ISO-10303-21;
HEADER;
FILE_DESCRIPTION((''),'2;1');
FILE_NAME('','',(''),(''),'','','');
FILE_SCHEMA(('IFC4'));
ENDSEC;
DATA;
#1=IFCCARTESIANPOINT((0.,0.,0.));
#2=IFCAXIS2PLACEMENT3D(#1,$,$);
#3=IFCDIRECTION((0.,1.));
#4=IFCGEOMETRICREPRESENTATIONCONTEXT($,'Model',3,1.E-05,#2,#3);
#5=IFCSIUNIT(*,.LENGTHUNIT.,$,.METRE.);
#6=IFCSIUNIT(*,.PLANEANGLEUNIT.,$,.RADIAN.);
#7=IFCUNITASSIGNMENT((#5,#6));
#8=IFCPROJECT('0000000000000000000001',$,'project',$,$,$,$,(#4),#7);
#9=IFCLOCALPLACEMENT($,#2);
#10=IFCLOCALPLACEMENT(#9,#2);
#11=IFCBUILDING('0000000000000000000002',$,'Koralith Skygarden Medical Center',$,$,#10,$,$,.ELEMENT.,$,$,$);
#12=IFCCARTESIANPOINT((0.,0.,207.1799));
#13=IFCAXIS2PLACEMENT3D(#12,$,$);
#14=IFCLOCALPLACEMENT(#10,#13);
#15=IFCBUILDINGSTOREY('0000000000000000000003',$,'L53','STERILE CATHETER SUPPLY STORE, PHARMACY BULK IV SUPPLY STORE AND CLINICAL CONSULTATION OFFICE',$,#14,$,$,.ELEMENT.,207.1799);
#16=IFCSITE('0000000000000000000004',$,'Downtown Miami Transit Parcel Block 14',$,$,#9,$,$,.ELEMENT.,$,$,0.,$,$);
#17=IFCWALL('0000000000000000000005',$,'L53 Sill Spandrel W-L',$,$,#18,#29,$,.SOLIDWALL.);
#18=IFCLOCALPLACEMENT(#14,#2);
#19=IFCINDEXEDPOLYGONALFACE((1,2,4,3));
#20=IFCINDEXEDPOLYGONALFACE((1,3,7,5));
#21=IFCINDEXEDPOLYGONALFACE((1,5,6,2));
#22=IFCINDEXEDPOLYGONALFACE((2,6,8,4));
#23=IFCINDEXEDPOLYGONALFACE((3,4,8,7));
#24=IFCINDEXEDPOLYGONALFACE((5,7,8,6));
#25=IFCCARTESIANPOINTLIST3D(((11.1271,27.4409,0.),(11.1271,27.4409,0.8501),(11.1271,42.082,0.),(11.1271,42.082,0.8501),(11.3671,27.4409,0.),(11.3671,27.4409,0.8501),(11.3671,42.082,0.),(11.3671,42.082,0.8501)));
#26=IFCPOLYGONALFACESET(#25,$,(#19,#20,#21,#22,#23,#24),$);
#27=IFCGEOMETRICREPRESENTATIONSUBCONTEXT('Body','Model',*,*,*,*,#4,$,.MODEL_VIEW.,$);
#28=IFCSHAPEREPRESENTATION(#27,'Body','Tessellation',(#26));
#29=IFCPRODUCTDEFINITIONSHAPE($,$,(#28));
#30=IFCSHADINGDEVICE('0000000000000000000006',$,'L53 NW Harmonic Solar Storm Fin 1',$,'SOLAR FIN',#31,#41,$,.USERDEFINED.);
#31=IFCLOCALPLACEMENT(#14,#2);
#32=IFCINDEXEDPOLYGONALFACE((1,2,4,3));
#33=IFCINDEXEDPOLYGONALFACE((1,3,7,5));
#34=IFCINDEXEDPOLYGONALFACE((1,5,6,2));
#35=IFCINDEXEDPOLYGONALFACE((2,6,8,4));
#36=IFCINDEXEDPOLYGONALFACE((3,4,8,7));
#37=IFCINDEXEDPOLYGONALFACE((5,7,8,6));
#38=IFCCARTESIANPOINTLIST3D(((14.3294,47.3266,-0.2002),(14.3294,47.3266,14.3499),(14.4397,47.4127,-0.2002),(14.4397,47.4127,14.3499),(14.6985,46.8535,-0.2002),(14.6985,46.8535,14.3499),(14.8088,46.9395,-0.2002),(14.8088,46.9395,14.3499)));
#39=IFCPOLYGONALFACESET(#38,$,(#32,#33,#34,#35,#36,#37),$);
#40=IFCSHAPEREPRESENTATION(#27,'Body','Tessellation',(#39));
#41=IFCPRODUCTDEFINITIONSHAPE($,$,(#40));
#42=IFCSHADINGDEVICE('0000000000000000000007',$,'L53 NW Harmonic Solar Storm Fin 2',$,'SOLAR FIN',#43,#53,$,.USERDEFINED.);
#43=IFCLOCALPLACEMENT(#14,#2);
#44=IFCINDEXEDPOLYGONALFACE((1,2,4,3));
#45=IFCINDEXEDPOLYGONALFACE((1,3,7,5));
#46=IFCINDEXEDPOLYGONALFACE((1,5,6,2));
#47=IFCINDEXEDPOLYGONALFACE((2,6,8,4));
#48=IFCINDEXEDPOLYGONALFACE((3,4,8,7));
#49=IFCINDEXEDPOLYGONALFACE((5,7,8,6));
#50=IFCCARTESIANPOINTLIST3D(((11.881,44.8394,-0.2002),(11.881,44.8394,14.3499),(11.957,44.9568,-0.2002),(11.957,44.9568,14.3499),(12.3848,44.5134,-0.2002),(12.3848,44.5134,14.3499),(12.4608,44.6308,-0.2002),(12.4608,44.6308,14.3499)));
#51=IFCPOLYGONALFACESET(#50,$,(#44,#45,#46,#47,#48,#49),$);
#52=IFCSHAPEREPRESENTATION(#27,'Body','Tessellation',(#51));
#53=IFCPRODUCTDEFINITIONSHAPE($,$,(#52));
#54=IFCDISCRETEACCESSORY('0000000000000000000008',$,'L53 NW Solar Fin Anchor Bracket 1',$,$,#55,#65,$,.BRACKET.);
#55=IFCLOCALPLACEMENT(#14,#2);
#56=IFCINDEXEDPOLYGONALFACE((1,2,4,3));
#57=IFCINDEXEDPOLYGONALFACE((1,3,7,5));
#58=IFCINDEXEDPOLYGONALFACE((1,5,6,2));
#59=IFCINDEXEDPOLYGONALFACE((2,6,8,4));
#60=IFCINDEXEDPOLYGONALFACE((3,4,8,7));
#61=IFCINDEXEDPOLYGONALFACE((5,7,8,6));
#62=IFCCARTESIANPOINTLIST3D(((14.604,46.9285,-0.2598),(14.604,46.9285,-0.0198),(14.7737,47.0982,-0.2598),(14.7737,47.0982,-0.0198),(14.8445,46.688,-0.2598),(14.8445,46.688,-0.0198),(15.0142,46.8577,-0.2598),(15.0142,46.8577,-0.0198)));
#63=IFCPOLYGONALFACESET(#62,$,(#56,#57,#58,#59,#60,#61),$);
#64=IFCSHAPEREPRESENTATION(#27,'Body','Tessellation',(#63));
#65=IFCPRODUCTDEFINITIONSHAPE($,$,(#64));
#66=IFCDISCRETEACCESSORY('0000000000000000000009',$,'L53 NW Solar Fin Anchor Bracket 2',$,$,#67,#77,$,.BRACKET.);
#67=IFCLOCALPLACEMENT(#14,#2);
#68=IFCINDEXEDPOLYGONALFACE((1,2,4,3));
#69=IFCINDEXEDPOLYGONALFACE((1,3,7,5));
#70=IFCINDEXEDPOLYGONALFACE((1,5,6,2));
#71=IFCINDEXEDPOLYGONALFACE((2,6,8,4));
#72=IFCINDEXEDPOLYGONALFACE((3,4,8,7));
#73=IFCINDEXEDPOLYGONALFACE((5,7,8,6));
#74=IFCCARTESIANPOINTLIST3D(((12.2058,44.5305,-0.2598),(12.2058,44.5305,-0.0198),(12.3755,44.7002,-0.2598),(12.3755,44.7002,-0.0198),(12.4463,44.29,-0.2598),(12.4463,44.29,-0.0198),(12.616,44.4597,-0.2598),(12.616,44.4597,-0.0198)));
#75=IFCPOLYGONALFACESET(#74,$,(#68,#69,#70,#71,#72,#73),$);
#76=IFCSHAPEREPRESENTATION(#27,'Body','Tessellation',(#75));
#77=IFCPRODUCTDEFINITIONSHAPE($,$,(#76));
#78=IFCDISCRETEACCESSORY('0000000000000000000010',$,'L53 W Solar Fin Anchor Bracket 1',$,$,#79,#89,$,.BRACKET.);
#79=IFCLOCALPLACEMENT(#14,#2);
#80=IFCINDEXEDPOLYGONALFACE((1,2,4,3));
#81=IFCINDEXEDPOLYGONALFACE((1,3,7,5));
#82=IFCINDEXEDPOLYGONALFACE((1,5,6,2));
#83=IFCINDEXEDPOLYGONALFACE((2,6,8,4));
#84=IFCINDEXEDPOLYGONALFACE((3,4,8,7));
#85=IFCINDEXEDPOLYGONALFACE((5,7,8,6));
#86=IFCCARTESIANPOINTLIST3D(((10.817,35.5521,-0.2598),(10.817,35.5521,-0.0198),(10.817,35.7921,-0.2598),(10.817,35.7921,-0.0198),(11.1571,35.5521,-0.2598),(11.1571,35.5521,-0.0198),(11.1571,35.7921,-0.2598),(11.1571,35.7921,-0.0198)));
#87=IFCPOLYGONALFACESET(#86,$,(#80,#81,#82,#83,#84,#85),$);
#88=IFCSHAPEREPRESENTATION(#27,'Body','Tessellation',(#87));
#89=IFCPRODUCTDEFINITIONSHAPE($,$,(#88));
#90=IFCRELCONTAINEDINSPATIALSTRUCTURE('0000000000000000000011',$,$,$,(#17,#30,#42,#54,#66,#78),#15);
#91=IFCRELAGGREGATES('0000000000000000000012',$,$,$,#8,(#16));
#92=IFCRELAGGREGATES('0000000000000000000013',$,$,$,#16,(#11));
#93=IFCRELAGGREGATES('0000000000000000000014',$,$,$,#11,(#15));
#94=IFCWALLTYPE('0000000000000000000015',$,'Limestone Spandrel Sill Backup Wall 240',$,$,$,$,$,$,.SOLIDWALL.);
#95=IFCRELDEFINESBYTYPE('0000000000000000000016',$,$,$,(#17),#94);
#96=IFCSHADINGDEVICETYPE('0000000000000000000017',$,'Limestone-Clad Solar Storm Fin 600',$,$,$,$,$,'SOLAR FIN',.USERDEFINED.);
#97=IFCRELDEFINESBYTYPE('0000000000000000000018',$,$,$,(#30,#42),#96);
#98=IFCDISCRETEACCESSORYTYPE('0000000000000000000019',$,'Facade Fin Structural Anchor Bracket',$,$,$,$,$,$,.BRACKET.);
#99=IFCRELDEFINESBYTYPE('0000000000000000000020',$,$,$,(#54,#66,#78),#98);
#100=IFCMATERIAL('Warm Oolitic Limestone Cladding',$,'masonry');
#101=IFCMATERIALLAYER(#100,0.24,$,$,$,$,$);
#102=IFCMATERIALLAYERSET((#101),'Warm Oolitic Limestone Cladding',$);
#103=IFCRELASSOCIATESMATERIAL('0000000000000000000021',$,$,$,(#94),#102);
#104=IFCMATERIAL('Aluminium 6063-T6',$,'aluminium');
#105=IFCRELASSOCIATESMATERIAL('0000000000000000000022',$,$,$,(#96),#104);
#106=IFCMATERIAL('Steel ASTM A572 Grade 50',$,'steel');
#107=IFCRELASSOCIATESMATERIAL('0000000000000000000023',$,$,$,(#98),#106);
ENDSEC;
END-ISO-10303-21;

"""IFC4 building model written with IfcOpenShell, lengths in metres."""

from ifc_helpers import new_model, si_unit, direction, frame, frame_2d, origin, origin_2d, place, context, subcontext, project, spatial, rectangle, extrude, material, layer, layer_set, type_object, element, save


model = new_model("IFC4")

# Units and contexts
model_context = context("Model", 3, precision=1e-05, world=origin(), true_north=direction((0.0, 1.0)))
body_context = subcontext(model_context, "Body", "Model", "MODEL_VIEW")
ifc_project = project(units=[si_unit("LENGTHUNIT", "METRE"), si_unit("PLANEANGLEUNIT", "RADIAN")], contexts=[model_context])

# Site, building, storey
site_placement = place(None, origin())
site = spatial("IfcSite", under=ifc_project, at=site_placement, Name="Downtown Miami Transit Parcel Block 14", CompositionType="ELEMENT", RefElevation=0.0)
building_placement = place(site_placement, origin())
building = spatial("IfcBuilding", under=site, at=building_placement, Name="Koralith Skygarden Medical Center", CompositionType="ELEMENT")
storey_placement = place(building_placement, frame((0.0, 0.0, 207.1799)))
storey = spatial("IfcBuildingStorey", under=building, at=storey_placement, Name="L53", Description="STERILE CATHETER SUPPLY STORE, PHARMACY BULK IV SUPPLY STORE AND CLINICAL CONSULTATION OFFICE", CompositionType="ELEMENT", Elevation=207.1799)

# Shared definitions
ifc_material_1 = material(Name="Aluminium 6063-T6", Category="aluminium")

# Shared definitions
ifc_material_2 = material(Name="Warm Oolitic Limestone Cladding", Category="masonry")

# Wall
ifc_layer_1 = layer(ifc_material_2, 0.24)
ifc_layer_set_1 = layer_set([ifc_layer_1], Name="Warm Oolitic Limestone Cladding")
wall_type_1 = type_object("IfcWallType", Name="Limestone Spandrel Sill Backup Wall 240", PredefinedType="SOLIDWALL", material=ifc_layer_set_1)
wall_1_placement = place(storey_placement, frame((11.2471, 42.082, 0.0), z_axis=(0.0, 0.0, 1.0), x_axis=(0.0, -1.0, 0.0)))
element("IfcWall", 1, at=wall_1_placement, inside=storey, type_object=wall_type_1, Name="L53 Sill Spandrel W-L", PredefinedType="SOLIDWALL", context=body_context, shape_type="SweptSolid", body=[
    extrude(rectangle(XDim=14.6411, YDim=0.24, at=frame_2d((7.3206, 0.0))), origin(), (0.0, 0.0, 1.0), 0.8501),
])

# Shading devices
shading_device_type = type_object("IfcShadingDeviceType", Name="Limestone-Clad Solar Storm Fin 600", ElementType="SOLAR FIN", PredefinedType="USERDEFINED", material=ifc_material_1)
for number, where, z_axis, x_axis, name in (
    (2, (14.5691, 47.1331, -0.2002), (0.0, 0.0, 1.0), (-0.61507, 0.788473, 0.0), "L53 NW Harmonic Solar Storm Fin 1"),
    (3, (12.1709, 44.7351, -0.2002), (0.0, 0.0, 1.0), (-0.839563, 0.543262, 0.0), "L53 NW Harmonic Solar Storm Fin 2"),
):
    element("IfcShadingDevice", number, at=place(storey_placement, frame(where, z_axis=z_axis, x_axis=x_axis)), inside=storey, type_object=shading_device_type, Name=name, ObjectType="SOLAR FIN", PredefinedType="USERDEFINED", context=body_context, shape_type="SweptSolid", body=[
        extrude(rectangle(XDim=0.6001, YDim=0.1399, at=origin_2d()), origin(), (0.0, 0.0, 1.0), 14.55),
    ])

# Discrete accessories
ifc_material_3 = material(Name="Steel ASTM A572 Grade 50", Category="steel")
discrete_accessory_type = type_object("IfcDiscreteAccessoryType", Name="Facade Fin Structural Anchor Bracket", PredefinedType="BRACKET", material=ifc_material_3)
for number, where, z_axis, x_axis, name in (
    (4, (14.8091, 46.8931, -0.2598), (0.0, 0.0, 1.0), (-0.707107, 0.707107, 0.0), "L53 NW Solar Fin Anchor Bracket 1"),
    (5, (12.4109, 44.4951, -0.2598), (0.0, 0.0, 1.0), (-0.707107, 0.707107, 0.0), "L53 NW Solar Fin Anchor Bracket 2"),
    (6, (10.9871, 35.6721, -0.2598), (0.0, 0.0, 1.0), (-1.0, 0.0, 0.0), "L53 W Solar Fin Anchor Bracket 1"),
):
    element("IfcDiscreteAccessory", number, at=place(storey_placement, frame(where, z_axis=z_axis, x_axis=x_axis)), inside=storey, type_object=discrete_accessory_type, Name=name, PredefinedType="BRACKET", context=body_context, shape_type="SweptSolid", body=[
        extrude(rectangle(XDim=0.3401, YDim=0.24, at=origin_2d()), origin(), (0.0, 0.0, 1.0), 0.24),
    ])

save(model, "model.ifc")
